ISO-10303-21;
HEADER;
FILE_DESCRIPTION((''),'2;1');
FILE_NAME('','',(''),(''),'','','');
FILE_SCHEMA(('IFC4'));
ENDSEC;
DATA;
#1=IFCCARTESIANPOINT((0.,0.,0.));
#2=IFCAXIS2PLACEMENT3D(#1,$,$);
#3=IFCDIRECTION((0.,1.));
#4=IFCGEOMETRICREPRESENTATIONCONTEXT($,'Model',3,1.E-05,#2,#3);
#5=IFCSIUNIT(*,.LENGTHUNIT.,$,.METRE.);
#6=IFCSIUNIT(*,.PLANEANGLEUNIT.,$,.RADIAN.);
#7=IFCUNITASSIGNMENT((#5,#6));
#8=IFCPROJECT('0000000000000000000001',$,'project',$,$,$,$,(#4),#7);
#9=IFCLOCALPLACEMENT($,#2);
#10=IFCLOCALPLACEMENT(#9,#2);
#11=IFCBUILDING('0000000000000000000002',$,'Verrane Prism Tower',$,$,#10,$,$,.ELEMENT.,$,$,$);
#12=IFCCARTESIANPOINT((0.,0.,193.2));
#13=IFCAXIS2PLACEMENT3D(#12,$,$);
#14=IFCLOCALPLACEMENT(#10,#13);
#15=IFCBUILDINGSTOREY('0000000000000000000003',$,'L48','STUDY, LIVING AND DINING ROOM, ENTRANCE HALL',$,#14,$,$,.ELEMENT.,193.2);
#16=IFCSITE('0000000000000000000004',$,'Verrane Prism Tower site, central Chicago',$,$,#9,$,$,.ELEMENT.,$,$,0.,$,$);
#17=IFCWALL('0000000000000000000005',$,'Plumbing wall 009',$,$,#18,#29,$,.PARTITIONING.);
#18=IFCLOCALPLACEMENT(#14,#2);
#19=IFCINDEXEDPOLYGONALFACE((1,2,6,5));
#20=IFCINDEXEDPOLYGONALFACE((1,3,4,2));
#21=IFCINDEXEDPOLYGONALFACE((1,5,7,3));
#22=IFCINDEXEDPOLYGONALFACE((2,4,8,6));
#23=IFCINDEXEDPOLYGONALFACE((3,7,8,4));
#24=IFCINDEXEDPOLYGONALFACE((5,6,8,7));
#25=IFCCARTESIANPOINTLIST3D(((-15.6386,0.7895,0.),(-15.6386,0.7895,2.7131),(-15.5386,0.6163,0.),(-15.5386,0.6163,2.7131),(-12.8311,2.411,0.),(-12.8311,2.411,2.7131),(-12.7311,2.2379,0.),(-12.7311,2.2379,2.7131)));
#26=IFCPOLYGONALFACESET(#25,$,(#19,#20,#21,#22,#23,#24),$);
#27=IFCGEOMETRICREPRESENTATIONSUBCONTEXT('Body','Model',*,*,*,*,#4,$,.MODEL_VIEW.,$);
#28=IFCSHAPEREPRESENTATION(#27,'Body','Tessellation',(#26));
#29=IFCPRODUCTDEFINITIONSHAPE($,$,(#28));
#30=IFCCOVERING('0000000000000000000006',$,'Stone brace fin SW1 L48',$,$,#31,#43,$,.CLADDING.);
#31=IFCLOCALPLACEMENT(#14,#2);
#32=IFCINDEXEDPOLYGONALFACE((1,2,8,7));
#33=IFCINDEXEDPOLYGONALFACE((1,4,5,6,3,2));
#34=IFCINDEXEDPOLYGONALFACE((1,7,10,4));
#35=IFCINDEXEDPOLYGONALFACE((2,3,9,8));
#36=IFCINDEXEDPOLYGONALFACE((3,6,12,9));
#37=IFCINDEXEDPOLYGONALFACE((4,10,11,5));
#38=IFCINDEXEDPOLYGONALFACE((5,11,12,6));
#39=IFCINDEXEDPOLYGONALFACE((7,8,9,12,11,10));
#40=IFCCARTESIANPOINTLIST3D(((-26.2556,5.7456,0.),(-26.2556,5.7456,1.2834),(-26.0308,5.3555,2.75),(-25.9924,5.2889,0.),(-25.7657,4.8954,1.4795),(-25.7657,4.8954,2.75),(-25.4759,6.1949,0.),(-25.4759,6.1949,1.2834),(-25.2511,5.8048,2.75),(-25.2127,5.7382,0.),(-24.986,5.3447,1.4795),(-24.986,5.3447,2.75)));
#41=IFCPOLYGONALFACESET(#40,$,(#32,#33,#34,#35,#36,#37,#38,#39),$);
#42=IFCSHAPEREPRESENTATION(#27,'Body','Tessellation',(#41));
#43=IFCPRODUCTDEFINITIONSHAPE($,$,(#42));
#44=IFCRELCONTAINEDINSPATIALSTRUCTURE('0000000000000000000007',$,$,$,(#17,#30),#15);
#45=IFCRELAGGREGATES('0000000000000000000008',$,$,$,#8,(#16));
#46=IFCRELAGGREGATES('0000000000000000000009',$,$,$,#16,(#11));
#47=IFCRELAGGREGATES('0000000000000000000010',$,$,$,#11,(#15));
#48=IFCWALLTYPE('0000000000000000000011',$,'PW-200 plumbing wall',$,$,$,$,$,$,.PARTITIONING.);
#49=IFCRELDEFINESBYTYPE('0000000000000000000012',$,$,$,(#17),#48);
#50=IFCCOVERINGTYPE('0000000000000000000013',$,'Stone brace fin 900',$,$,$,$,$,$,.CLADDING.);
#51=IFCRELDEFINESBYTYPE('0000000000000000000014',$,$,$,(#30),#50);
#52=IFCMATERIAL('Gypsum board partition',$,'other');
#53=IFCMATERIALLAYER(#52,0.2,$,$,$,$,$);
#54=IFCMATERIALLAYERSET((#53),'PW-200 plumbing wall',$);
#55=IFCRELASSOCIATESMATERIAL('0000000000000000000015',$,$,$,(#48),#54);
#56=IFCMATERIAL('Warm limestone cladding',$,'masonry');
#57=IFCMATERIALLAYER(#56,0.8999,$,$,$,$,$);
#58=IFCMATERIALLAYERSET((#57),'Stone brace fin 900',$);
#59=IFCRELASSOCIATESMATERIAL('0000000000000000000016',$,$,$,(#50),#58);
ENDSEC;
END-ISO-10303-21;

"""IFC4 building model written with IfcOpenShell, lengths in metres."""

from ifc_helpers import new_model, si_unit, direction, frame, frame_2d, origin, place, context, subcontext, project, spatial, polyline, rectangle, outline, extrude, material, layer, layer_set, type_object, element, save


model = new_model("IFC4")

# Units and contexts
model_context = context("Model", 3, precision=1e-05, world=origin(), true_north=direction((0.0, 1.0)))
body_context = subcontext(model_context, "Body", "Model", "MODEL_VIEW")
ifc_project = project(units=[si_unit("LENGTHUNIT", "METRE"), si_unit("PLANEANGLEUNIT", "RADIAN")], contexts=[model_context])

# Site, building, storey
site_placement = place(None, origin())
site = spatial("IfcSite", under=ifc_project, at=site_placement, Name="Verrane Prism Tower site, central Chicago", CompositionType="ELEMENT", RefElevation=0.0)
building_placement = place(site_placement, origin())
building = spatial("IfcBuilding", under=site, at=building_placement, Name="Verrane Prism Tower", CompositionType="ELEMENT")
storey_placement = place(building_placement, frame((0.0, 0.0, 193.2)))
storey = spatial("IfcBuildingStorey", under=building, at=storey_placement, Name="L48", Description="STUDY, LIVING AND DINING ROOM, ENTRANCE HALL", CompositionType="ELEMENT", Elevation=193.2)

# Wall
ifc_material_1 = material(Name="Gypsum board partition", Category="other")
ifc_layer_1 = layer(ifc_material_1, 0.2)
ifc_layer_set_1 = layer_set([ifc_layer_1], Name="PW-200 plumbing wall")
wall_type_1 = type_object("IfcWallType", Name="PW-200 plumbing wall", PredefinedType="PARTITIONING", material=ifc_layer_set_1)
wall_1_placement = place(storey_placement, frame((-15.5886, 0.7029, 0.0), z_axis=(0.0, 0.0, 1.0), x_axis=(0.865945, 0.50014, 0.0)))
element("IfcWall", 1, at=wall_1_placement, inside=storey, type_object=wall_type_1, Name="Plumbing wall 009", PredefinedType="PARTITIONING", context=body_context, shape_type="SweptSolid", body=[
    extrude(rectangle(XDim=3.2422, YDim=0.2, at=frame_2d((1.6211, 0.0))), origin(), (0.0, 0.0, 1.0), 2.7131),
])

# Covering
ifc_material_2 = material(Name="Warm limestone cladding", Category="masonry")
ifc_layer_2 = layer(ifc_material_2, 0.8999)
ifc_layer_set_2 = layer_set([ifc_layer_2], Name="Stone brace fin 900")
covering_type = type_object("IfcCoveringType", Name="Stone brace fin 900", PredefinedType="CLADDING", material=ifc_layer_set_2)
covering_placement = place(storey_placement, frame((-25.8657, 5.9702, 0.0), z_axis=(0.0, 0.0, 1.0), x_axis=(0.49927, -0.866446, 0.0)))
element("IfcCovering", 2, at=covering_placement, inside=storey, type_object=covering_type, Name="Stone brace fin SW1 L48", PredefinedType="CLADDING", context=body_context, shape_type="SweptSolid", body=[
    extrude(outline(polyline([(0.9812, 2.75), (0.4502, 2.75), (0.0, 1.2834), (0.0, 0.0), (0.5271, 0.0), (0.9812, 1.4795), (0.9812, 2.75)])), frame((0.0, 0.45, 0.0), z_axis=(0.0, -1.0, 0.0), x_axis=(1.0, 0.0, 0.0)), (0.0, 0.0, 1.0), 0.8999),
])

save(model, "model.ifc")
